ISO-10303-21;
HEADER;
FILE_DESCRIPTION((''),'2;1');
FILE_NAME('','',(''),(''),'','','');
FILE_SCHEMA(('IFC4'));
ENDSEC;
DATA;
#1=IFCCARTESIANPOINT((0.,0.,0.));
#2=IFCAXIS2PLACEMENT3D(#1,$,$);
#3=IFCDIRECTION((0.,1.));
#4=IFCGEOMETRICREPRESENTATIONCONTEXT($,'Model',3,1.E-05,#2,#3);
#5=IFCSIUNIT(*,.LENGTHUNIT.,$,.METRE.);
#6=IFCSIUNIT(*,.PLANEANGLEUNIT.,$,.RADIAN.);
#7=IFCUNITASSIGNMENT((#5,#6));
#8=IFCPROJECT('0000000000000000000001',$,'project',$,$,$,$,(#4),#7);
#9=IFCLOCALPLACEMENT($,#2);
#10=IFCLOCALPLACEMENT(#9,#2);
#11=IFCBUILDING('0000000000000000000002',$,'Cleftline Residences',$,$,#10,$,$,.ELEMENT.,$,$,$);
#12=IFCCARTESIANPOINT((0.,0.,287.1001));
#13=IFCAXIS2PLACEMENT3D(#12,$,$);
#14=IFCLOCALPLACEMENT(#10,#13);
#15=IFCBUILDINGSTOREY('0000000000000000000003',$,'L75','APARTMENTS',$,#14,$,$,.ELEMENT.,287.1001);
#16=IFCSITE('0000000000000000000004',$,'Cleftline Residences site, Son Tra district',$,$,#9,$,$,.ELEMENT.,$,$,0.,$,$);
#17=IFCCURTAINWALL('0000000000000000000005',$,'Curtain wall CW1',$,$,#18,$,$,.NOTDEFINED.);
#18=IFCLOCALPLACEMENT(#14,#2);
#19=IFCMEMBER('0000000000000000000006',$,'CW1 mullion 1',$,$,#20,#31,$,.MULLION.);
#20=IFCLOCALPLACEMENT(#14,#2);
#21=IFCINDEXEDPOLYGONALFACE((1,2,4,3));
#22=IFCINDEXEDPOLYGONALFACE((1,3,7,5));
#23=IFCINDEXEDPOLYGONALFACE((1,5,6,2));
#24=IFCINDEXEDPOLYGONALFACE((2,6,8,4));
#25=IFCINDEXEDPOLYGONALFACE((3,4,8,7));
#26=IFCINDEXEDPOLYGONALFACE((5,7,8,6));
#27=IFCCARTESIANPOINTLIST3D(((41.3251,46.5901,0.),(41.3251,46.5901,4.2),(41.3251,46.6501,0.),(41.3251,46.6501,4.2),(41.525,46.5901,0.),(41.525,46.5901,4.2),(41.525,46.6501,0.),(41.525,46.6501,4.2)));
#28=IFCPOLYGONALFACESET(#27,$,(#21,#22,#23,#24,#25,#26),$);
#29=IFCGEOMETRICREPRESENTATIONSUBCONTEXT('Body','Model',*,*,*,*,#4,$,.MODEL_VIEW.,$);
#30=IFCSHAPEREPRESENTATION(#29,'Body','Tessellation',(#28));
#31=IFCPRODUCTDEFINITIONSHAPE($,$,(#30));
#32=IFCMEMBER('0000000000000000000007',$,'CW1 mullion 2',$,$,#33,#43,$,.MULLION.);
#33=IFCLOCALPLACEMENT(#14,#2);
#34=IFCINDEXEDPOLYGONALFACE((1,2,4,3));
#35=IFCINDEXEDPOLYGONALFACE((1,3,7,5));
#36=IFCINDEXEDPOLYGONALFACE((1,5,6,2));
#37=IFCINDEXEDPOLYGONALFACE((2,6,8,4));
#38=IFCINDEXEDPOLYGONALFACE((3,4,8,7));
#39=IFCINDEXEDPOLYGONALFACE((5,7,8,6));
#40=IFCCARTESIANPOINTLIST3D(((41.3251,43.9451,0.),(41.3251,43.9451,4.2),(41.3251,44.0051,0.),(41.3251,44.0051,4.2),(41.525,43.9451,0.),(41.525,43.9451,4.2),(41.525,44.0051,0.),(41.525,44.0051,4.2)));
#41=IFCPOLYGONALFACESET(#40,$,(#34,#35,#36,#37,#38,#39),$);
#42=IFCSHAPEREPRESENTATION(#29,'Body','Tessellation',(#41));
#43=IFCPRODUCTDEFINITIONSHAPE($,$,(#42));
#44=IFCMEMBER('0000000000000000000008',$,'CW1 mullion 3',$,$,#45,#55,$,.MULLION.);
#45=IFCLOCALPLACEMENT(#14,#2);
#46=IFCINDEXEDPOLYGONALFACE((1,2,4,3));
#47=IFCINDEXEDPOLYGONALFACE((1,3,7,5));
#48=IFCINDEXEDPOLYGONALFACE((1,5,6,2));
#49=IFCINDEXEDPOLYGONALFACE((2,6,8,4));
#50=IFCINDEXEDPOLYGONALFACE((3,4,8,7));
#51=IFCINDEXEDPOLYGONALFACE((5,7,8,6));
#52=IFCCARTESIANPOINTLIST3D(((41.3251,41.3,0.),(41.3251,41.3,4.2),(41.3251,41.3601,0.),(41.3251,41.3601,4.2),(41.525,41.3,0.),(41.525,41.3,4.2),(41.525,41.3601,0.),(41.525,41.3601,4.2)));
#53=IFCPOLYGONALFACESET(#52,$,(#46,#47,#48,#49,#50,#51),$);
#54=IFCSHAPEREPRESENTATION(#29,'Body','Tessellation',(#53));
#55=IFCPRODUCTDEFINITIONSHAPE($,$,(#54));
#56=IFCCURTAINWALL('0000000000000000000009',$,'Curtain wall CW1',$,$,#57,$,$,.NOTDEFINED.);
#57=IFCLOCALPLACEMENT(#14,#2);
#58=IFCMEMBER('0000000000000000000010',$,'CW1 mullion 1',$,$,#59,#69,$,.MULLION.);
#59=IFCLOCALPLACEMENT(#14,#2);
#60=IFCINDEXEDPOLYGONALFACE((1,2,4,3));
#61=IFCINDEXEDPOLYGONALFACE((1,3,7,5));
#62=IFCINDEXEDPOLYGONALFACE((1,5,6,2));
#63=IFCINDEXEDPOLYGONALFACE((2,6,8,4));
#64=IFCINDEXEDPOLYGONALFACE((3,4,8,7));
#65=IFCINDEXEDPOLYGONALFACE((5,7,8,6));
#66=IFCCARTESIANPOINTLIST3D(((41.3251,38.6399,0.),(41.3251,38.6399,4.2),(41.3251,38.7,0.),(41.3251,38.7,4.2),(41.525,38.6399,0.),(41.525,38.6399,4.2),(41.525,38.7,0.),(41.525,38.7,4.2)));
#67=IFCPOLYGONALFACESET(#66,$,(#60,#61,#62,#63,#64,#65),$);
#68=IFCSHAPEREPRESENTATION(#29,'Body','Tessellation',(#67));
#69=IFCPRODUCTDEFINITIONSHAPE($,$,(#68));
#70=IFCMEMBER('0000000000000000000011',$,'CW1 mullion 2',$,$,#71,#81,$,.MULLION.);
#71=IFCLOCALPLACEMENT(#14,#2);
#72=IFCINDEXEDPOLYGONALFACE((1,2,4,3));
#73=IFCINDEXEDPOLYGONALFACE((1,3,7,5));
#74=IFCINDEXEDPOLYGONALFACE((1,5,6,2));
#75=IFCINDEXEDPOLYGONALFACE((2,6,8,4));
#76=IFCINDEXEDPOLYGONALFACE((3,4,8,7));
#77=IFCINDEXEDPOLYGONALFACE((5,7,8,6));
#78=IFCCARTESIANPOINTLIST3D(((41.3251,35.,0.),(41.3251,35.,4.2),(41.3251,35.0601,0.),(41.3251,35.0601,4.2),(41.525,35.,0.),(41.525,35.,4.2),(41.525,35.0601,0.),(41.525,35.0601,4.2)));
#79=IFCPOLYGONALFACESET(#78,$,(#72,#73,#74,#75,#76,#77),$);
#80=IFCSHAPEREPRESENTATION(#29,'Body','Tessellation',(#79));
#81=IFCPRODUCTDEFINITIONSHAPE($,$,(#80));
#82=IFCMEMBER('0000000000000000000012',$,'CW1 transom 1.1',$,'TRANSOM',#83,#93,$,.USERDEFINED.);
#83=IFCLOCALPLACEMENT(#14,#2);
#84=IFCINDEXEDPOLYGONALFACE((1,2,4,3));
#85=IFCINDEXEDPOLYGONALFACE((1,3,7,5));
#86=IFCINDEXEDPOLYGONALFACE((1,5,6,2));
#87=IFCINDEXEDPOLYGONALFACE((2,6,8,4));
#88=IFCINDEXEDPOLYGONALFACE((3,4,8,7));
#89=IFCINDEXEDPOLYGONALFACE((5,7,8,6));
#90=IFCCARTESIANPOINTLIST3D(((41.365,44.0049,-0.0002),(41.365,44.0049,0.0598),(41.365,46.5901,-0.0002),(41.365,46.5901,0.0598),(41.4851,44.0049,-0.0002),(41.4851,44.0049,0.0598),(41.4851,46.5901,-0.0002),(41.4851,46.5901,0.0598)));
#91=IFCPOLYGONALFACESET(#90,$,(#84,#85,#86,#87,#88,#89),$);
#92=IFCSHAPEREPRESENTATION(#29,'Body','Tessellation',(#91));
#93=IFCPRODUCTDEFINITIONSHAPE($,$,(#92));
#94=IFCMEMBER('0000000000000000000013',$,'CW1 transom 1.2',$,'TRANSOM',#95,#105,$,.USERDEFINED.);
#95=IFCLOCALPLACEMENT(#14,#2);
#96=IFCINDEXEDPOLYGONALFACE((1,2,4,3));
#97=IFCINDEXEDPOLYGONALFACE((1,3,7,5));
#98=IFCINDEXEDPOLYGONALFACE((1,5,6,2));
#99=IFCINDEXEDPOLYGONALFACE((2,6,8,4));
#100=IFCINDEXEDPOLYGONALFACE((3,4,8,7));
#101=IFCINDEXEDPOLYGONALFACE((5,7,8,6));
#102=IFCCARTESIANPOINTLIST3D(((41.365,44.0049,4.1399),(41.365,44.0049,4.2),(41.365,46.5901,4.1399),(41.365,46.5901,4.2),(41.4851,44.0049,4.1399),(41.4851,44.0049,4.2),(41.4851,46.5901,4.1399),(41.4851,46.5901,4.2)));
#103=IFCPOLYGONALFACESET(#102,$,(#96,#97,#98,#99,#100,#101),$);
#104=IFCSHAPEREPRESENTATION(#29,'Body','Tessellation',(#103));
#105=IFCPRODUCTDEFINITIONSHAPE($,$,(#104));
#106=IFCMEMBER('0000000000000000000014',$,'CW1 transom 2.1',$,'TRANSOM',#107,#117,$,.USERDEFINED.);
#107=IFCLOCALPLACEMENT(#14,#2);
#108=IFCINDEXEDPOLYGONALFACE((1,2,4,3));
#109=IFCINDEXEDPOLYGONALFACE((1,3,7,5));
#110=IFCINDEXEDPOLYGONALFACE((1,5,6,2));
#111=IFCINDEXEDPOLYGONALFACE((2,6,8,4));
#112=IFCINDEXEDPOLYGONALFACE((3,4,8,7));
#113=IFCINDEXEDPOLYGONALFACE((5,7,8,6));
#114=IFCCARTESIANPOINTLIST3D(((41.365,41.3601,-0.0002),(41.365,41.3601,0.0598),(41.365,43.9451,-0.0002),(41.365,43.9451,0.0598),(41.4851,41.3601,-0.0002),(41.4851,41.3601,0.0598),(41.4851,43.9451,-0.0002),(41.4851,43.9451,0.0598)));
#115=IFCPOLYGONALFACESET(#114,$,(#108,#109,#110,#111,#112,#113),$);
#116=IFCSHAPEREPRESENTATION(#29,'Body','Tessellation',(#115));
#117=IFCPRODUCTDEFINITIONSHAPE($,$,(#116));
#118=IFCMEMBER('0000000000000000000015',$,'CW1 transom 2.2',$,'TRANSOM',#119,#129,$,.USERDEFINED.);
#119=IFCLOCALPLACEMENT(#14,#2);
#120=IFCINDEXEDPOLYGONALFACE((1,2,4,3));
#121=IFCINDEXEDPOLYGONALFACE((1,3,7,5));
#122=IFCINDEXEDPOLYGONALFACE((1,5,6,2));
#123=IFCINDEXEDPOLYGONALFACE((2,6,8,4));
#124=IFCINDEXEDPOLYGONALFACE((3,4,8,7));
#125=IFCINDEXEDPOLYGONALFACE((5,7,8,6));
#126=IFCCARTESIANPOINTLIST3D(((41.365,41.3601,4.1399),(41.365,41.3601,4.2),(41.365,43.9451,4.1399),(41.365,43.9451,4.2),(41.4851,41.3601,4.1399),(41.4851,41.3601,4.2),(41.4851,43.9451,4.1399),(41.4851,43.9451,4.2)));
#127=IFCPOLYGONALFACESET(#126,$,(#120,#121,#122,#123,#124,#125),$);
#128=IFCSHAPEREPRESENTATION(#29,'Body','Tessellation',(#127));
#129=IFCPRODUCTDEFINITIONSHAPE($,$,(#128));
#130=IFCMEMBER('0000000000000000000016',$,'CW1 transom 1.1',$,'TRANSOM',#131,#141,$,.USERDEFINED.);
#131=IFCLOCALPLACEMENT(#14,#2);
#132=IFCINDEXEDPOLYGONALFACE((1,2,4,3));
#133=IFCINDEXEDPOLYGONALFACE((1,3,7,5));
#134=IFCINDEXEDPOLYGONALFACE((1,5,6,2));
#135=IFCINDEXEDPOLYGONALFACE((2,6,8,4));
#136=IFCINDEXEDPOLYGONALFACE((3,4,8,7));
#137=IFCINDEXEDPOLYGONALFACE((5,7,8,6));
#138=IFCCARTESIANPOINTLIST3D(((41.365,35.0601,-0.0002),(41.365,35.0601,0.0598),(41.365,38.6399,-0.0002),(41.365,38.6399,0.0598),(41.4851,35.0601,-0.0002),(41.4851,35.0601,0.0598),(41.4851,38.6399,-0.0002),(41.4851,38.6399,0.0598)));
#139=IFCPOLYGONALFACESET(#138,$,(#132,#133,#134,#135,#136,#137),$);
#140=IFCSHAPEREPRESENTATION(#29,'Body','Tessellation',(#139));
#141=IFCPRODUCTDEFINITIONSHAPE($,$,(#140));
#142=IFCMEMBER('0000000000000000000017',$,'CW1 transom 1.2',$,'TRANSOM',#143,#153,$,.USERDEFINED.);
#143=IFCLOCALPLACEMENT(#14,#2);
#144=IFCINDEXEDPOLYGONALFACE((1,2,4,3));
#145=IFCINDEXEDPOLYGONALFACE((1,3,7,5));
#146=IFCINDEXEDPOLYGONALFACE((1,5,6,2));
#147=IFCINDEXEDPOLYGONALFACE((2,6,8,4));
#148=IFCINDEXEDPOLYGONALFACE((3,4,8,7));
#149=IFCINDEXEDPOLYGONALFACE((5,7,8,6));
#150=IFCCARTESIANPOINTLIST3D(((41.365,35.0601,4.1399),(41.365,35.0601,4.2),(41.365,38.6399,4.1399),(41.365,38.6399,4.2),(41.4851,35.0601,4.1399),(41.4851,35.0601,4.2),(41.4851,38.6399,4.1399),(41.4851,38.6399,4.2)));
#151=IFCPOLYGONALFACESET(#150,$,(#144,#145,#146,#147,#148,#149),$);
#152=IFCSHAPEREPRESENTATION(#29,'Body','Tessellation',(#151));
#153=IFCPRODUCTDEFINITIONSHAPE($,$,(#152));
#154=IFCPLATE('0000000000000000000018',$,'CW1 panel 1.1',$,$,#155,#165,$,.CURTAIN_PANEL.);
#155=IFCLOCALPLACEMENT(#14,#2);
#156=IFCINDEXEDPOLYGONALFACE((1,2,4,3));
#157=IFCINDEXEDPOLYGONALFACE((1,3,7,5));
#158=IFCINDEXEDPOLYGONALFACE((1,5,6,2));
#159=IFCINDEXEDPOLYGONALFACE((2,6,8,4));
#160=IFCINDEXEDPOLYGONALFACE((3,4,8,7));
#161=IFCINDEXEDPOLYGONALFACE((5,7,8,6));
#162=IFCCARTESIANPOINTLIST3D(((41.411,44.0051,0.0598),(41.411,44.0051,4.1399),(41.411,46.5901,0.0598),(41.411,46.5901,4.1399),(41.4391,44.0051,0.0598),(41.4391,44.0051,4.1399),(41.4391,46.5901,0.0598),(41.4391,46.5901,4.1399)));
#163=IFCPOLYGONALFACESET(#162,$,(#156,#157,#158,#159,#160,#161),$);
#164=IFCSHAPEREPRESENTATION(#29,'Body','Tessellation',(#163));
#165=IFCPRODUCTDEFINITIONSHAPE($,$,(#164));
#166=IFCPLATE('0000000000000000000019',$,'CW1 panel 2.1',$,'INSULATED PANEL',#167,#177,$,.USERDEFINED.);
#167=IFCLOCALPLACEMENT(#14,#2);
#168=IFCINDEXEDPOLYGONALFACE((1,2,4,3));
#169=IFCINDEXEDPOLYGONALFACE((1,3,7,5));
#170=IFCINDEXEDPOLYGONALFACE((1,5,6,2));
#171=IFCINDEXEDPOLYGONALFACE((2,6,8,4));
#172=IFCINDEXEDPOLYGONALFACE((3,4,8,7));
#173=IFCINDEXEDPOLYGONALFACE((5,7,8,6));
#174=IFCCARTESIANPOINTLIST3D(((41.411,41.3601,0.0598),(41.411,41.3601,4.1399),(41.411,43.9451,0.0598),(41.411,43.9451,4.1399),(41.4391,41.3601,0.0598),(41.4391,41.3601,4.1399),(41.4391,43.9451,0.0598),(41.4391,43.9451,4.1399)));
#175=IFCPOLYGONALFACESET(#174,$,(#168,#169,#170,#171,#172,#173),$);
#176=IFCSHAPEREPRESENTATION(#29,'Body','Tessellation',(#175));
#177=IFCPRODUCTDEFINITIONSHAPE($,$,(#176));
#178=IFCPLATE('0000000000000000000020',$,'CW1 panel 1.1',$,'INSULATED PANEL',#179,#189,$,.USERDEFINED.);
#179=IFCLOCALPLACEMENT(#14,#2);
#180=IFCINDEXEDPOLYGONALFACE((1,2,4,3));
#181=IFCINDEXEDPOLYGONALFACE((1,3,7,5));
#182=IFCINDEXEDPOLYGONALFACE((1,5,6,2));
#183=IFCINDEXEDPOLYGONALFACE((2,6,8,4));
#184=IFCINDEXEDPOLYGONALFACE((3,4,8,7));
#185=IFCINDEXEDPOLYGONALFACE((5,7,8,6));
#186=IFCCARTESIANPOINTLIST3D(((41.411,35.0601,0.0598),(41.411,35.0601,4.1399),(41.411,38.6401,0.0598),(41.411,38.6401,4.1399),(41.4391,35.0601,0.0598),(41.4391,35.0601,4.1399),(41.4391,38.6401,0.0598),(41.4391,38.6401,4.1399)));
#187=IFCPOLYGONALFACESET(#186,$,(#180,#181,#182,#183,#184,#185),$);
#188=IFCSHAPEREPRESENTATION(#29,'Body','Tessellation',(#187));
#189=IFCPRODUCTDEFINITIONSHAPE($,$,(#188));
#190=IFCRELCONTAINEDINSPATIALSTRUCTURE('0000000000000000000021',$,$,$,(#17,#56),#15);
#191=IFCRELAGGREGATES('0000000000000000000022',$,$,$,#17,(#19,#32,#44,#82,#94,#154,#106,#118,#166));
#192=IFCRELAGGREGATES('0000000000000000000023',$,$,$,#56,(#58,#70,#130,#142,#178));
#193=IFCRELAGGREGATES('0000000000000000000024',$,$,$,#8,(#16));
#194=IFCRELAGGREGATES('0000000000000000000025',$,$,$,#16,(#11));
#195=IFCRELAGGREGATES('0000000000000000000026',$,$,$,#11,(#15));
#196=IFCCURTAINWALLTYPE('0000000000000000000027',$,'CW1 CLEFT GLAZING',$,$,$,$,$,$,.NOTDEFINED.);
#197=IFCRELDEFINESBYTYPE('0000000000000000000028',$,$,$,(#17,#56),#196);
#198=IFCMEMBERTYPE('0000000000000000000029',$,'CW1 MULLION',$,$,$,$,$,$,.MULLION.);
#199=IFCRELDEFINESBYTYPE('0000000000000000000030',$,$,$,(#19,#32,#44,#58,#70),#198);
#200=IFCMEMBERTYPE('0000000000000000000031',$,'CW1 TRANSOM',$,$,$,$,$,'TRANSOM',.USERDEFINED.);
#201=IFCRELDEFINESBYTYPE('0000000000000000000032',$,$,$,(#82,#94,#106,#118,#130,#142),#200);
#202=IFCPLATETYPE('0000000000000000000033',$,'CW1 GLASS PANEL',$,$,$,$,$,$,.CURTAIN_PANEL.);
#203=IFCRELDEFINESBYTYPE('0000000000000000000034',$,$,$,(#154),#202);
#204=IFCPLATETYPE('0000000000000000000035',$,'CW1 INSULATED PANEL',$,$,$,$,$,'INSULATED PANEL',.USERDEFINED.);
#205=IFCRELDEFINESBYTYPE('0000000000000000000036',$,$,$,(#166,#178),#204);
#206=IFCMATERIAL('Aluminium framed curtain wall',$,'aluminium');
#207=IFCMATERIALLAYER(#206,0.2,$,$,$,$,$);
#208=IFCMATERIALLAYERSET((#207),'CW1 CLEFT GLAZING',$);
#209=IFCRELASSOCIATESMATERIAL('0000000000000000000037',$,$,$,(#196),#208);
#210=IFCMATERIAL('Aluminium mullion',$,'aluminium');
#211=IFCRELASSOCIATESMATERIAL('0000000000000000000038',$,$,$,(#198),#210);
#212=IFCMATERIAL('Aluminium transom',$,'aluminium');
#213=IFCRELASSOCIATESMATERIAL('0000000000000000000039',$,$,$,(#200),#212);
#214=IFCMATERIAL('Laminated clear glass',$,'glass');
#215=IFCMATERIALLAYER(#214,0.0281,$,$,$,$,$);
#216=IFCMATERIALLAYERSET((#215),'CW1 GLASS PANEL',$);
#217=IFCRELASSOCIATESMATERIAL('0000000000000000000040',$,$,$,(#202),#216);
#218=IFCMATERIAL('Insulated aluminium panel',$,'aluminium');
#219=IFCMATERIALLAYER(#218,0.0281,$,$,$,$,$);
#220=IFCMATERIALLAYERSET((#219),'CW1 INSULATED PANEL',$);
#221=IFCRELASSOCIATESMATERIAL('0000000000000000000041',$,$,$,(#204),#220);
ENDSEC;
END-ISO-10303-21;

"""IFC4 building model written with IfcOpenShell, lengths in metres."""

from ifc_helpers import new_model, si_unit, direction, frame, origin, origin_2d, place, context, subcontext, project, spatial, rectangle, extrude, material, layer, layer_set, material_profile, profile_set, type_object, element, aggregate, save


model = new_model("IFC4")

# Units and contexts
model_context = context("Model", 3, precision=1e-05, world=origin(), true_north=direction((0.0, 1.0)))
body_context = subcontext(model_context, "Body", "Model", "MODEL_VIEW")
ifc_project = project(units=[si_unit("LENGTHUNIT", "METRE"), si_unit("PLANEANGLEUNIT", "RADIAN")], contexts=[model_context])

# Site, building, storey
site_placement = place(None, origin())
site = spatial("IfcSite", under=ifc_project, at=site_placement, Name="Cleftline Residences site, Son Tra district", CompositionType="ELEMENT", RefElevation=0.0)
building_placement = place(site_placement, origin())
building = spatial("IfcBuilding", under=site, at=building_placement, Name="Cleftline Residences", CompositionType="ELEMENT")
storey_placement = place(building_placement, frame((0.0, 0.0, 287.1001)))
storey = spatial("IfcBuildingStorey", under=building, at=storey_placement, Name="L75", Description="APARTMENTS", CompositionType="ELEMENT", Elevation=287.1001)

# Curtain walls, members
ifc_material_1 = material(Name="Aluminium framed curtain wall", Category="aluminium")
ifc_layer_1 = layer(ifc_material_1, 0.2)
ifc_layer_set_1 = layer_set([ifc_layer_1], Name="CW1 CLEFT GLAZING")
curtain_wall_type = type_object("IfcCurtainWallType", Name="CW1 CLEFT GLAZING", PredefinedType="NOTDEFINED", material=ifc_layer_set_1)
curtain_wall_1_placement = place(storey_placement, origin())
curtain_wall_1 = element("IfcCurtainWall", 1, at=curtain_wall_1_placement, inside=storey, type_object=curtain_wall_type, Name="Curtain wall CW1", PredefinedType="NOTDEFINED")
ifc_material_2 = material(Name="Aluminium mullion", Category="aluminium")
ifc_material_profile_1 = material_profile(ifc_material_2, rectangle(XDim=0.2, YDim=0.0601, at=origin_2d()))
ifc_profile_set_1 = profile_set([ifc_material_profile_1], Name="Aluminium mullion")
member_type_1 = type_object("IfcMemberType", Name="CW1 MULLION", PredefinedType="MULLION", material=ifc_profile_set_1)
member_1_placement = place(storey_placement, frame((41.425, 46.6201, 0.0), z_axis=(0.0, 0.0, 1.0), x_axis=(1.0, 0.0, 0.0)))
member_1 = element("IfcMember", 2, at=member_1_placement, type_object=member_type_1, Name="CW1 mullion 1", PredefinedType="MULLION", context=body_context, shape_type="SweptSolid", body=[
    extrude(rectangle(XDim=0.2, YDim=0.0601, at=origin_2d()), origin(), (0.0, 0.0, 1.0), 4.2),
])
member_2_placement = place(storey_placement, frame((41.425, 43.9751, 0.0), z_axis=(0.0, 0.0, 1.0), x_axis=(1.0, 0.0, 0.0)))
member_2 = element("IfcMember", 3, at=member_2_placement, type_object=member_type_1, Name="CW1 mullion 2", PredefinedType="MULLION", context=body_context, shape_type="SweptSolid", body=[
    extrude(rectangle(XDim=0.2, YDim=0.0601, at=origin_2d()), origin(), (0.0, 0.0, 1.0), 4.2),
])
member_3_placement = place(storey_placement, frame((41.425, 41.3301, 0.0), z_axis=(0.0, 0.0, 1.0), x_axis=(1.0, 0.0, 0.0)))
member_3 = element("IfcMember", 4, at=member_3_placement, type_object=member_type_1, Name="CW1 mullion 3", PredefinedType="MULLION", context=body_context, shape_type="SweptSolid", body=[
    extrude(rectangle(XDim=0.2, YDim=0.0601, at=origin_2d()), origin(), (0.0, 0.0, 1.0), 4.2),
])
curtain_wall_2_placement = place(storey_placement, origin())
curtain_wall_2 = element("IfcCurtainWall", 5, at=curtain_wall_2_placement, inside=storey, type_object=curtain_wall_type, Name="Curtain wall CW1", PredefinedType="NOTDEFINED")
member_4_placement = place(storey_placement, frame((41.425, 38.6699, 0.0), z_axis=(0.0, 0.0, 1.0), x_axis=(1.0, 0.0, 0.0)))
member_4 = element("IfcMember", 6, at=member_4_placement, type_object=member_type_1, Name="CW1 mullion 1", PredefinedType="MULLION", context=body_context, shape_type="SweptSolid", body=[
    extrude(rectangle(XDim=0.2, YDim=0.0601, at=origin_2d()), origin(), (0.0, 0.0, 1.0), 4.2),
])
member_5_placement = place(storey_placement, frame((41.425, 35.03, 0.0), z_axis=(0.0, 0.0, 1.0), x_axis=(1.0, 0.0, 0.0)))
member_5 = element("IfcMember", 7, at=member_5_placement, type_object=member_type_1, Name="CW1 mullion 2", PredefinedType="MULLION", context=body_context, shape_type="SweptSolid", body=[
    extrude(rectangle(XDim=0.2, YDim=0.0601, at=origin_2d()), origin(), (0.0, 0.0, 1.0), 4.2),
])

# Members
ifc_material_3 = material(Name="Aluminium transom", Category="aluminium")
ifc_material_profile_2 = material_profile(ifc_material_3, rectangle(XDim=0.1201, YDim=0.0601, at=origin_2d()))
ifc_profile_set_2 = profile_set([ifc_material_profile_2], Name="Aluminium transom")
member_type_2 = type_object("IfcMemberType", Name="CW1 TRANSOM", ElementType="TRANSOM", PredefinedType="USERDEFINED", material=ifc_profile_set_2)
member_6_placement = place(storey_placement, frame((41.425, 46.5901, 0.0298), z_axis=(0.0, -1.0, 0.0), x_axis=(1.0, 0.0, 0.0)))
member_6 = element("IfcMember", 8, at=member_6_placement, type_object=member_type_2, Name="CW1 transom 1.1", ObjectType="TRANSOM", PredefinedType="USERDEFINED", context=body_context, shape_type="SweptSolid", body=[
    extrude(rectangle(XDim=0.1201, YDim=0.0601, at=origin_2d()), origin(), (0.0, 0.0, 1.0), 2.5852),
])
member_7_placement = place(storey_placement, frame((41.425, 46.5901, 4.1699), z_axis=(0.0, -1.0, 0.0), x_axis=(1.0, 0.0, 0.0)))
member_7 = element("IfcMember", 9, at=member_7_placement, type_object=member_type_2, Name="CW1 transom 1.2", ObjectType="TRANSOM", PredefinedType="USERDEFINED", context=body_context, shape_type="SweptSolid", body=[
    extrude(rectangle(XDim=0.1201, YDim=0.0601, at=origin_2d()), origin(), (0.0, 0.0, 1.0), 2.5852),
])
member_8_placement = place(storey_placement, frame((41.425, 43.9451, 0.0298), z_axis=(0.0, -1.0, 0.0), x_axis=(1.0, 0.0, 0.0)))
member_8 = element("IfcMember", 10, at=member_8_placement, type_object=member_type_2, Name="CW1 transom 2.1", ObjectType="TRANSOM", PredefinedType="USERDEFINED", context=body_context, shape_type="SweptSolid", body=[
    extrude(rectangle(XDim=0.1201, YDim=0.0601, at=origin_2d()), origin(), (0.0, 0.0, 1.0), 2.585),
])
member_9_placement = place(storey_placement, frame((41.425, 43.9451, 4.1699), z_axis=(0.0, -1.0, 0.0), x_axis=(1.0, 0.0, 0.0)))
member_9 = element("IfcMember", 11, at=member_9_placement, type_object=member_type_2, Name="CW1 transom 2.2", ObjectType="TRANSOM", PredefinedType="USERDEFINED", context=body_context, shape_type="SweptSolid", body=[
    extrude(rectangle(XDim=0.1201, YDim=0.0601, at=origin_2d()), origin(), (0.0, 0.0, 1.0), 2.585),
])
member_10_placement = place(storey_placement, frame((41.425, 38.6399, 0.0298), z_axis=(0.0, -1.0, 0.0), x_axis=(1.0, 0.0, 0.0)))
member_10 = element("IfcMember", 12, at=member_10_placement, type_object=member_type_2, Name="CW1 transom 1.1", ObjectType="TRANSOM", PredefinedType="USERDEFINED", context=body_context, shape_type="SweptSolid", body=[
    extrude(rectangle(XDim=0.1201, YDim=0.0601, at=origin_2d()), origin(), (0.0, 0.0, 1.0), 3.5798),
])
member_11_placement = place(storey_placement, frame((41.425, 38.6399, 4.1699), z_axis=(0.0, -1.0, 0.0), x_axis=(1.0, 0.0, 0.0)))
member_11 = element("IfcMember", 13, at=member_11_placement, type_object=member_type_2, Name="CW1 transom 1.2", ObjectType="TRANSOM", PredefinedType="USERDEFINED", context=body_context, shape_type="SweptSolid", body=[
    extrude(rectangle(XDim=0.1201, YDim=0.0601, at=origin_2d()), origin(), (0.0, 0.0, 1.0), 3.5798),
])

# Plates
ifc_material_4 = material(Name="Laminated clear glass", Category="glass")
ifc_layer_2 = layer(ifc_material_4, 0.0281)
ifc_layer_set_2 = layer_set([ifc_layer_2], Name="CW1 GLASS PANEL")
plate_type_1 = type_object("IfcPlateType", Name="CW1 GLASS PANEL", PredefinedType="CURTAIN_PANEL", material=ifc_layer_set_2)
plate_1_placement = place(storey_placement, frame((41.425, 45.2976, 0.0598), z_axis=(0.0, 0.0, 1.0), x_axis=(0.0, -1.0, 0.0)))
plate_1 = element("IfcPlate", 14, at=plate_1_placement, type_object=plate_type_1, Name="CW1 panel 1.1", PredefinedType="CURTAIN_PANEL", context=body_context, shape_type="SweptSolid", body=[
    extrude(rectangle(XDim=2.585, YDim=0.0281, at=origin_2d()), origin(), (0.0, 0.0, 1.0), 4.0801),
])
ifc_material_5 = material(Name="Insulated aluminium panel", Category="aluminium")
ifc_layer_3 = layer(ifc_material_5, 0.0281)
ifc_layer_set_3 = layer_set([ifc_layer_3], Name="CW1 INSULATED PANEL")
plate_type_2 = type_object("IfcPlateType", Name="CW1 INSULATED PANEL", ElementType="INSULATED PANEL", PredefinedType="USERDEFINED", material=ifc_layer_set_3)
plate_2_placement = place(storey_placement, frame((41.425, 42.6526, 0.0598), z_axis=(0.0, 0.0, 1.0), x_axis=(0.0, -1.0, 0.0)))
plate_2 = element("IfcPlate", 15, at=plate_2_placement, type_object=plate_type_2, Name="CW1 panel 2.1", ObjectType="INSULATED PANEL", PredefinedType="USERDEFINED", context=body_context, shape_type="SweptSolid", body=[
    extrude(rectangle(XDim=2.585, YDim=0.0281, at=origin_2d()), origin(), (0.0, 0.0, 1.0), 4.0801),
])
aggregate(curtain_wall_1, [member_1, member_2, member_3, member_6, member_7, plate_1, member_8, member_9, plate_2])
plate_3_placement = place(storey_placement, frame((41.425, 36.8501, 0.0598), z_axis=(0.0, 0.0, 1.0), x_axis=(0.0, -1.0, 0.0)))
plate_3 = element("IfcPlate", 16, at=plate_3_placement, type_object=plate_type_2, Name="CW1 panel 1.1", ObjectType="INSULATED PANEL", PredefinedType="USERDEFINED", context=body_context, shape_type="SweptSolid", body=[
    extrude(rectangle(XDim=3.5801, YDim=0.0281, at=origin_2d()), origin(), (0.0, 0.0, 1.0), 4.0801),
])
aggregate(curtain_wall_2, [member_4, member_5, member_10, member_11, plate_3])

save(model, "model.ifc")
